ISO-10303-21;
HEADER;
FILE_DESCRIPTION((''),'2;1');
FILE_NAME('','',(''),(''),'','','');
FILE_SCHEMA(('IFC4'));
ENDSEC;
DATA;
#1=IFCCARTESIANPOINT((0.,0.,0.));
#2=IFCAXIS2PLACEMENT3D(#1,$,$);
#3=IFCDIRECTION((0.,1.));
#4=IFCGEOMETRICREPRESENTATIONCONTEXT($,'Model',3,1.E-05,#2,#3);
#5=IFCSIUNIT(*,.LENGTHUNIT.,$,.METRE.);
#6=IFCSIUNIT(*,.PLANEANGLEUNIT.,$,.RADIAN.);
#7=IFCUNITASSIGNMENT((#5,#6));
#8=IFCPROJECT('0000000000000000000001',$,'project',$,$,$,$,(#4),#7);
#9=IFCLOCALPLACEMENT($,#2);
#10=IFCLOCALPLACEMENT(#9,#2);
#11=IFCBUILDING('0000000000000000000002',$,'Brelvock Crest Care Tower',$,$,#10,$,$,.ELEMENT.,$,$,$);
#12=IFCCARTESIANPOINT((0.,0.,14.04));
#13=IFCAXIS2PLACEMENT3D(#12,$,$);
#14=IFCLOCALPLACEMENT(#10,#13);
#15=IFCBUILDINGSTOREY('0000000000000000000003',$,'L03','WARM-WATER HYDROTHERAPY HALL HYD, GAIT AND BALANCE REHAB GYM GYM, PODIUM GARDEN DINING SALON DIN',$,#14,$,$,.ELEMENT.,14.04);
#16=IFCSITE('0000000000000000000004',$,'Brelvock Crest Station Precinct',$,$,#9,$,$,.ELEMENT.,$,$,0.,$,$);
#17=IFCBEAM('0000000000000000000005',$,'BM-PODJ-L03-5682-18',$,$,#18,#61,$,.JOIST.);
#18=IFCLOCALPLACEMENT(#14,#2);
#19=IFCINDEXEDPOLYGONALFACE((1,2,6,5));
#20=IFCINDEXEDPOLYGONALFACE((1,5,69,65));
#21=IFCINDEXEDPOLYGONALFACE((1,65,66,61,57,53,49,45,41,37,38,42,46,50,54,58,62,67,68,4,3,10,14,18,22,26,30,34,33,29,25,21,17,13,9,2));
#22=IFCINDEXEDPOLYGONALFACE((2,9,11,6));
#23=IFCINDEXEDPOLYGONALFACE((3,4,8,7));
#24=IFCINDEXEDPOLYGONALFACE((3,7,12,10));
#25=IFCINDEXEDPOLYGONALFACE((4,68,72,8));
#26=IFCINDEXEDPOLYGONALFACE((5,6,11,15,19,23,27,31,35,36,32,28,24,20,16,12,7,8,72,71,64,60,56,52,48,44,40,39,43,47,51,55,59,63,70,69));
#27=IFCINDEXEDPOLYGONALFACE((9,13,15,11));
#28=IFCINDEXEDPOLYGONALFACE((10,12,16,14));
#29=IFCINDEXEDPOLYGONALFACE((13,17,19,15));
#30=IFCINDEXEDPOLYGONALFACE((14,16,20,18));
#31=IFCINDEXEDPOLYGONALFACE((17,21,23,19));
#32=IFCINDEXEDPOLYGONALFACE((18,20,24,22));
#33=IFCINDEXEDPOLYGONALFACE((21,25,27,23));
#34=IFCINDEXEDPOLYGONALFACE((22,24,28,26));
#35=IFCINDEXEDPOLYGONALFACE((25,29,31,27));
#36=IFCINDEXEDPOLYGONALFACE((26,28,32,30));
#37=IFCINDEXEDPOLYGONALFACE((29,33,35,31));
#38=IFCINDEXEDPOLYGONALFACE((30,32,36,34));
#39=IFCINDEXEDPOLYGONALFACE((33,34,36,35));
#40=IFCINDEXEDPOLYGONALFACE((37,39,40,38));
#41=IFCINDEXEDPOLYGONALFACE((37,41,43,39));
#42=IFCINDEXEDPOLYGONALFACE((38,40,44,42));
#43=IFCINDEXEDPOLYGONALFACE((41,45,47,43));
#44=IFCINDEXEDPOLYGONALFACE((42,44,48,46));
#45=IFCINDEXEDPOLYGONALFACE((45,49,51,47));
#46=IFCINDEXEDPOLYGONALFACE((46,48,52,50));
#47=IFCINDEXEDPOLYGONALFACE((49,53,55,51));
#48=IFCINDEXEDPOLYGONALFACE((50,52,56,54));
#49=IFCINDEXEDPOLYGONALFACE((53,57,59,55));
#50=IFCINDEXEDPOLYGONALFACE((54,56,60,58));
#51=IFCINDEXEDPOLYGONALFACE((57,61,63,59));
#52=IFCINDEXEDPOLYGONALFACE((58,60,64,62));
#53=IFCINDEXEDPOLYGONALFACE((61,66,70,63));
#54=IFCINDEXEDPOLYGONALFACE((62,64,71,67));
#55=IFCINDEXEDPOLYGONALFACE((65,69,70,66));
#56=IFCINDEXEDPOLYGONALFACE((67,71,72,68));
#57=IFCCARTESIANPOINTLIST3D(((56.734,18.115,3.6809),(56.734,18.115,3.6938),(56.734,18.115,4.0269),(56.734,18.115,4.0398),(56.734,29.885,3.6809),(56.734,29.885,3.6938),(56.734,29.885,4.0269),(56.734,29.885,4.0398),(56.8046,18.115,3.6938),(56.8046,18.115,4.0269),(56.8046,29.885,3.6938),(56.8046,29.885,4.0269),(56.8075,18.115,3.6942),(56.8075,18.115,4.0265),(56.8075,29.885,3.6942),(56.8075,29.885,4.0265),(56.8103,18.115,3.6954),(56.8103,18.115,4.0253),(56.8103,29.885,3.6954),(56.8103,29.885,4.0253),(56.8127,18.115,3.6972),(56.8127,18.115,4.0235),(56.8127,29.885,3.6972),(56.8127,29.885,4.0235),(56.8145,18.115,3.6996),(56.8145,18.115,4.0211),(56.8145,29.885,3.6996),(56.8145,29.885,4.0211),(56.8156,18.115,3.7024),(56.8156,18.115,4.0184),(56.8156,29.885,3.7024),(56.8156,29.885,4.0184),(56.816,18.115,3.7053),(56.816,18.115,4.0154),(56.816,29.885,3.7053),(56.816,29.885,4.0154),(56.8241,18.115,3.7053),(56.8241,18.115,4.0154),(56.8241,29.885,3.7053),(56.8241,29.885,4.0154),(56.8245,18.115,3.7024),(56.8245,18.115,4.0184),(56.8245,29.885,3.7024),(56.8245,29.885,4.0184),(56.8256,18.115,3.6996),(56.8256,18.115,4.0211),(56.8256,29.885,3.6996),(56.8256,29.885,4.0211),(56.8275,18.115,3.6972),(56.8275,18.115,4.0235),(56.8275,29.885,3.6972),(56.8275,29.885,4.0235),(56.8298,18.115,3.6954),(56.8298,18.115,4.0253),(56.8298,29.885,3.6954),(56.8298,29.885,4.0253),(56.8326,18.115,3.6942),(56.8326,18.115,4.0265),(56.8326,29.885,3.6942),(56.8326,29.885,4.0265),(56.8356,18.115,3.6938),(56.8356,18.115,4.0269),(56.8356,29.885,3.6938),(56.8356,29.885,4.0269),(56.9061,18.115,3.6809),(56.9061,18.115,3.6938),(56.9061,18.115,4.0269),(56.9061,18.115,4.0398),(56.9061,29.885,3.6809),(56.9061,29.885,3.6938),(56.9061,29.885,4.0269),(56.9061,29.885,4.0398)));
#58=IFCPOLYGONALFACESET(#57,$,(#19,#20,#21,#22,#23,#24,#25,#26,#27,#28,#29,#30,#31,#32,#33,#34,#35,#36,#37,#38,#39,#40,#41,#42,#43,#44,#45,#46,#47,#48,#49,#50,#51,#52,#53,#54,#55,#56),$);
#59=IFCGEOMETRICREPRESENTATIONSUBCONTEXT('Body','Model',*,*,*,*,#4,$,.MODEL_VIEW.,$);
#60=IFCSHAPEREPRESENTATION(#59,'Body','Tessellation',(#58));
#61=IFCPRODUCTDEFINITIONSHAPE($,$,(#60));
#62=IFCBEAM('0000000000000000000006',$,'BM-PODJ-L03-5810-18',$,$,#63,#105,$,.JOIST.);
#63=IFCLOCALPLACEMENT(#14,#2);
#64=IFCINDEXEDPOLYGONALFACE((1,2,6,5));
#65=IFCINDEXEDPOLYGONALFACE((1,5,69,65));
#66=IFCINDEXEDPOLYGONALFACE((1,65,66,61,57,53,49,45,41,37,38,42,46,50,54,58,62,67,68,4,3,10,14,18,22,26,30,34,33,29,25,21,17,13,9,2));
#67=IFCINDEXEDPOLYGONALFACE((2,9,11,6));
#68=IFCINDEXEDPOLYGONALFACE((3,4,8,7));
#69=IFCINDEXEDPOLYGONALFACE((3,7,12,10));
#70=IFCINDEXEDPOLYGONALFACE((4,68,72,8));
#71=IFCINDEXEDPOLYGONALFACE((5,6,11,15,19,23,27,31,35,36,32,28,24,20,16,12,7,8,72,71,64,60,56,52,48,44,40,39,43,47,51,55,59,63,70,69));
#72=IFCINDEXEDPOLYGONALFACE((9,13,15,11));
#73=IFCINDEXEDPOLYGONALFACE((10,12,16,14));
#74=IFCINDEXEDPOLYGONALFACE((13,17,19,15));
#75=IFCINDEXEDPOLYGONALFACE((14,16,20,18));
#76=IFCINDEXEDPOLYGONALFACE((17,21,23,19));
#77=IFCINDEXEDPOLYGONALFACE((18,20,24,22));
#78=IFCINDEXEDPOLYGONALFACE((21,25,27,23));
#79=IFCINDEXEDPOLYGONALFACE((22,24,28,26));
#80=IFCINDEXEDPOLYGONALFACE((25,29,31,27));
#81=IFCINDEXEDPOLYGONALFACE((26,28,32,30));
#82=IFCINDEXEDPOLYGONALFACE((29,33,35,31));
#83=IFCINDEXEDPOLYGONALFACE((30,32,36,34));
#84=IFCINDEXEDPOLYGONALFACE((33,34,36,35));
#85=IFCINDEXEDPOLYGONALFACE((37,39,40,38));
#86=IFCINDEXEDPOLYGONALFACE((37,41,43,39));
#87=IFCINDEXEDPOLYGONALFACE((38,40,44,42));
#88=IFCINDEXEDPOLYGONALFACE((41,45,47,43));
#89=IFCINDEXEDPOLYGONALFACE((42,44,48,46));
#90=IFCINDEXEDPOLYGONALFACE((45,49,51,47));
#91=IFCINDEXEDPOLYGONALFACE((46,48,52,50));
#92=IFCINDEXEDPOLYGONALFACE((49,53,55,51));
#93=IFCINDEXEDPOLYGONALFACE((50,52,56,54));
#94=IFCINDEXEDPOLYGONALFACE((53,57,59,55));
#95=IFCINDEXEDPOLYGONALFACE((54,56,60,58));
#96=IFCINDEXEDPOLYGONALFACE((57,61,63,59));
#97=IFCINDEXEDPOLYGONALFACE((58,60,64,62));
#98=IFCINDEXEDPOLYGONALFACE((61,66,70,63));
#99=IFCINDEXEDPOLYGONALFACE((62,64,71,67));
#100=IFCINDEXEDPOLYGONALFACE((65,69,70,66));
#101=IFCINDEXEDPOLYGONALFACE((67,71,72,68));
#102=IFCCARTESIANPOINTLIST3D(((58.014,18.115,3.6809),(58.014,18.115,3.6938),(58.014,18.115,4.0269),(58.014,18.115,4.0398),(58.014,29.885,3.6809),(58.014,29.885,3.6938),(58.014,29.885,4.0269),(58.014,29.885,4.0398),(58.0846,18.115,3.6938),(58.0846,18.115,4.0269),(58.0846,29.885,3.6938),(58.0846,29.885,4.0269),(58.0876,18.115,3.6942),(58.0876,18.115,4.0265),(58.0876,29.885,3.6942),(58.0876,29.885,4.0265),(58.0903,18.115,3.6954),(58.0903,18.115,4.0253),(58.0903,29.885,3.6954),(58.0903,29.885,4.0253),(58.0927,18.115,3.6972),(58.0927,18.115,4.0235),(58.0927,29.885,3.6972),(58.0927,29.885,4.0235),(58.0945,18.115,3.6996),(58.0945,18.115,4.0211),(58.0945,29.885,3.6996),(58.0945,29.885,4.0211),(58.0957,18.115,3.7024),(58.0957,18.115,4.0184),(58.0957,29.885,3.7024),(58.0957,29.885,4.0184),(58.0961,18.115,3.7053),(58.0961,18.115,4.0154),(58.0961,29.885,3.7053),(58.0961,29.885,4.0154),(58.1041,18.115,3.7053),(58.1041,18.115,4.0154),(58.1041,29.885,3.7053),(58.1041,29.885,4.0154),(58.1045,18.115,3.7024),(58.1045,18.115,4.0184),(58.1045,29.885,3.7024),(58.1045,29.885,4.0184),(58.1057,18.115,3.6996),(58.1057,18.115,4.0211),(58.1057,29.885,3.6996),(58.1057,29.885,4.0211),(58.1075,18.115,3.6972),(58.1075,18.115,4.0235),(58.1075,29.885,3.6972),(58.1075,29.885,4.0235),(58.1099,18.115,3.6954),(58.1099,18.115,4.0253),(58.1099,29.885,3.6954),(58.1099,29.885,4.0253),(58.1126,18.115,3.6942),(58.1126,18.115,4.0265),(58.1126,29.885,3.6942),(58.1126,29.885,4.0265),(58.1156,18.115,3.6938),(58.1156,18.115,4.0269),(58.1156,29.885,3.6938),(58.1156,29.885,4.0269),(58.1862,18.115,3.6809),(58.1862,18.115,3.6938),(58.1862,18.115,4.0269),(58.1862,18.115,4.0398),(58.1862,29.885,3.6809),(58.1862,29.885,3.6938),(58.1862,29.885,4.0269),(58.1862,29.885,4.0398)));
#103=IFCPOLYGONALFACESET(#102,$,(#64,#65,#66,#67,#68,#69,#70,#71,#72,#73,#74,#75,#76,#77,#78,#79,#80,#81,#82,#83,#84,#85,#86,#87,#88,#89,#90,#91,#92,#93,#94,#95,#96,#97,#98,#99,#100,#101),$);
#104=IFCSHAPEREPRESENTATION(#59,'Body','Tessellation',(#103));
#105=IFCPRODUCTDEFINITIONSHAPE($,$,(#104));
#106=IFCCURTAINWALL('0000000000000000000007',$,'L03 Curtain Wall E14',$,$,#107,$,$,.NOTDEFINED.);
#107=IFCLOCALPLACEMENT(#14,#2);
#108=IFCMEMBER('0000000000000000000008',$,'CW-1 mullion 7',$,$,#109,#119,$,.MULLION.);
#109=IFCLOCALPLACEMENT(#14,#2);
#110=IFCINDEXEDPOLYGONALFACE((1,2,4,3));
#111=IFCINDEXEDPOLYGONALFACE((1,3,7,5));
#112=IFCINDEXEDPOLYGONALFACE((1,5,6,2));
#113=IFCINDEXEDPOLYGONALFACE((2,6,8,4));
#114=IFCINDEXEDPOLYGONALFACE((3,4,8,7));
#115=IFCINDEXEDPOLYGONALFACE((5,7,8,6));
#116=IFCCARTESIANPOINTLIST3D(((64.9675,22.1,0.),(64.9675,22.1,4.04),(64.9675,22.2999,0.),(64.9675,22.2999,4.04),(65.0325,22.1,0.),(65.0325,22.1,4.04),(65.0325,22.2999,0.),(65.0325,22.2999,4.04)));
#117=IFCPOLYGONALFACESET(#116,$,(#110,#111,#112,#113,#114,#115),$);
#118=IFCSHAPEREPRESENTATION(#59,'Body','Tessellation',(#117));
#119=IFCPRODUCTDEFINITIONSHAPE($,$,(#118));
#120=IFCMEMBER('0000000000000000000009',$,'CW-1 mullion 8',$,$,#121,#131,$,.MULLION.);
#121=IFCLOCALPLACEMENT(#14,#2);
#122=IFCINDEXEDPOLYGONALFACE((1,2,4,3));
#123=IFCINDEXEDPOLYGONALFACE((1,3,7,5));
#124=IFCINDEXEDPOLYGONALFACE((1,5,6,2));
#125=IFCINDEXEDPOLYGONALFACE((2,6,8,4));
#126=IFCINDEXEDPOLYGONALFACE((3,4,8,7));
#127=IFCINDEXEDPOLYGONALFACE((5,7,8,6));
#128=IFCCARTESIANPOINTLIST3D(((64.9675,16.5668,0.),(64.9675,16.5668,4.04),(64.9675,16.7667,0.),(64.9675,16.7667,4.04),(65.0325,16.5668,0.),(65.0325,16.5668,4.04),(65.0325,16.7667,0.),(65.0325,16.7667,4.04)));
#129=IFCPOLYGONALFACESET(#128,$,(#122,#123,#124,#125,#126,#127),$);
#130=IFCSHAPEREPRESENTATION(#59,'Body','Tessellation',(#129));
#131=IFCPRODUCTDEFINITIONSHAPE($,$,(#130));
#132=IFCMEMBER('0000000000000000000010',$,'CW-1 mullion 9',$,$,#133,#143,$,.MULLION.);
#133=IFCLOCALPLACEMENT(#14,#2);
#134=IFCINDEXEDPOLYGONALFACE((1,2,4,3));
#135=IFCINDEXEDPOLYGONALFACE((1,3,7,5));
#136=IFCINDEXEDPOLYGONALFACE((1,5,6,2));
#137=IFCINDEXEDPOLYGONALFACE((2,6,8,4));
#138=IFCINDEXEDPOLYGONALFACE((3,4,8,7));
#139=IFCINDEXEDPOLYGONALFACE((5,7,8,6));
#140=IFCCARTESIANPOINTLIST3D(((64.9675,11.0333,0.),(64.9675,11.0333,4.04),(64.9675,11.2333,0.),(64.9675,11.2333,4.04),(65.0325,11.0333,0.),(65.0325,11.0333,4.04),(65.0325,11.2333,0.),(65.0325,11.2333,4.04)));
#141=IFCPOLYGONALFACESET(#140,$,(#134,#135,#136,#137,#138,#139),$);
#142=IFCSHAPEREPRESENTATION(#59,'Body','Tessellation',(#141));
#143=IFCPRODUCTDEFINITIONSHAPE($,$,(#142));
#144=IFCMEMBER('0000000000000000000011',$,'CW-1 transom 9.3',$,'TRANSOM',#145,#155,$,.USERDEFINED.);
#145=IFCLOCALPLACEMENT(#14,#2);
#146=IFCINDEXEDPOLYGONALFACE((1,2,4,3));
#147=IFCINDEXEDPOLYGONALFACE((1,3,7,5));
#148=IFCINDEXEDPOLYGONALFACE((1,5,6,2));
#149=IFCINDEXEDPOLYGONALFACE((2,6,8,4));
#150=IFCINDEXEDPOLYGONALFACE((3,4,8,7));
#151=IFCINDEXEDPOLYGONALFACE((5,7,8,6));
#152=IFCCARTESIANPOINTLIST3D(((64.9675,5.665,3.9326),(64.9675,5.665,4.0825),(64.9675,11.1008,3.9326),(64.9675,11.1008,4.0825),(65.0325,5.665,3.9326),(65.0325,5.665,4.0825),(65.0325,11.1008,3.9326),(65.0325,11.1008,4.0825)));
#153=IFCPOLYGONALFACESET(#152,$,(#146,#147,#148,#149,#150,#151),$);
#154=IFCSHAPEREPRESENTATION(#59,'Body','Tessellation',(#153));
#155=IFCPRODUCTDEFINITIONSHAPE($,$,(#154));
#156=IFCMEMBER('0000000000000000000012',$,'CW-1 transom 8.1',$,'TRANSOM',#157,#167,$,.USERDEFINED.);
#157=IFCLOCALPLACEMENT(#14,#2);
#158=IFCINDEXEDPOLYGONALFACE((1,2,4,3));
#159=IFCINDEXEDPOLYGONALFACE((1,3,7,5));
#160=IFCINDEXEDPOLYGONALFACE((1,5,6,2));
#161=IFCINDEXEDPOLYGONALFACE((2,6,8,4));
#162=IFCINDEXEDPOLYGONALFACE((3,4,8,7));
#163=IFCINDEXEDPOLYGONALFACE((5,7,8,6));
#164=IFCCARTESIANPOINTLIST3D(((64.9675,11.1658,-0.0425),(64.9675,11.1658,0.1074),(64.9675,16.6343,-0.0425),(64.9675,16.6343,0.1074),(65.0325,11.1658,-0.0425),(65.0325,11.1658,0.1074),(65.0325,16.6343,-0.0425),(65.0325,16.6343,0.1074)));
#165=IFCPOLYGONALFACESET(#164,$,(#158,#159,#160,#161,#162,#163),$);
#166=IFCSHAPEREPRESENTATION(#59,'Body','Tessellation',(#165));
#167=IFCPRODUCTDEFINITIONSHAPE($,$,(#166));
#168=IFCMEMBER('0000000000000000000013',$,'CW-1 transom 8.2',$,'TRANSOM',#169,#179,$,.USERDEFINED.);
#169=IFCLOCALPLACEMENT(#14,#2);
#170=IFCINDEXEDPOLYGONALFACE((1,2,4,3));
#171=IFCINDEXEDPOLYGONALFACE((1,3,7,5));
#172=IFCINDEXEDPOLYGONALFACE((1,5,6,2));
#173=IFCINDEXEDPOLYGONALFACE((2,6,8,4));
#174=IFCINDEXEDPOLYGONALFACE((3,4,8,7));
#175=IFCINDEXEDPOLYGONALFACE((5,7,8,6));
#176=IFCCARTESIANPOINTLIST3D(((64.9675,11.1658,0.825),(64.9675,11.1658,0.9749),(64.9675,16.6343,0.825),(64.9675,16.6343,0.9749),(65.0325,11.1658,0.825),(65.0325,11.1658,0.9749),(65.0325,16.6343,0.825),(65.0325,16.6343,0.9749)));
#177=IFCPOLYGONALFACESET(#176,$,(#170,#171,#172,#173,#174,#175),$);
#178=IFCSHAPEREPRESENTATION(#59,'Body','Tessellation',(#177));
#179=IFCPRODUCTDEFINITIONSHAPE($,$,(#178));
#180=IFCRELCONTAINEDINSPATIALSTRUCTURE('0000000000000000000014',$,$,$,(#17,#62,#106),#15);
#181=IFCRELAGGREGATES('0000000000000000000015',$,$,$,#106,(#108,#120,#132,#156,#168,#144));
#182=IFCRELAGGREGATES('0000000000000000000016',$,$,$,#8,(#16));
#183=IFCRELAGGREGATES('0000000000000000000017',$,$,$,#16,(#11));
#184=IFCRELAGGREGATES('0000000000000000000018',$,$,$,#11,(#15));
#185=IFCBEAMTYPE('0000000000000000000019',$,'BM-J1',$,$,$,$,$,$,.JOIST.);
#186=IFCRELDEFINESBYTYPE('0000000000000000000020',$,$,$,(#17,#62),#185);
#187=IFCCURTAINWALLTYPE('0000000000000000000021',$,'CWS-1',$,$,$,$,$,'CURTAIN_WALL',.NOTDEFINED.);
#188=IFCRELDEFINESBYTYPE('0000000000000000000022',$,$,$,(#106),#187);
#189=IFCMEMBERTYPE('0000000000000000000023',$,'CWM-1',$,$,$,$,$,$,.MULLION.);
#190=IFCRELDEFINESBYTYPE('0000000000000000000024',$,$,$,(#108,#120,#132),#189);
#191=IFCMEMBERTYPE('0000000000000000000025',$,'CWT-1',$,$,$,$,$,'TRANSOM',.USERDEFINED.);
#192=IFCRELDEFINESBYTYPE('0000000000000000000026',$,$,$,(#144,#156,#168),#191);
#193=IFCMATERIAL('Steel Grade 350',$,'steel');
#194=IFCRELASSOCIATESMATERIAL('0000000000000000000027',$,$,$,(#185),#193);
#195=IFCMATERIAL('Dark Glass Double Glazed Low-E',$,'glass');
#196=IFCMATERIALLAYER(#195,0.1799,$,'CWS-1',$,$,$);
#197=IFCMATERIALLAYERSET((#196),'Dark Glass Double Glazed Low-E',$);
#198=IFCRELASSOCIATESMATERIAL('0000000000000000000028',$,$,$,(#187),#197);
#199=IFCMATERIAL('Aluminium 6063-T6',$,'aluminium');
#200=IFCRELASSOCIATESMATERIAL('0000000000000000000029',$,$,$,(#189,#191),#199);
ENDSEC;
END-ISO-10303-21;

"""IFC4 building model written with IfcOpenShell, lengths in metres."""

from ifc_helpers import new_model, si_unit, direction, frame, origin, origin_2d, place, context, subcontext, project, spatial, rectangle, i_section, extrude, source, transform, mapped, material, layer, layer_set, material_profile, profile_set, type_object, element, aggregate, save


model = new_model("IFC4")

# Units and contexts
model_context = context("Model", 3, precision=1e-05, world=origin(), true_north=direction((0.0, 1.0)))
body_context = subcontext(model_context, "Body", "Model", "MODEL_VIEW")
ifc_project = project(units=[si_unit("LENGTHUNIT", "METRE"), si_unit("PLANEANGLEUNIT", "RADIAN")], contexts=[model_context])

# Site, building, storey
site_placement = place(None, origin())
site = spatial("IfcSite", under=ifc_project, at=site_placement, Name="Brelvock Crest Station Precinct", CompositionType="ELEMENT", RefElevation=0.0)
building_placement = place(site_placement, origin())
building = spatial("IfcBuilding", under=site, at=building_placement, Name="Brelvock Crest Care Tower", CompositionType="ELEMENT")
storey_placement = place(building_placement, frame((0.0, 0.0, 14.04)))
storey = spatial("IfcBuildingStorey", under=building, at=storey_placement, Name="L03", Description="WARM-WATER HYDROTHERAPY HALL HYD, GAIT AND BALANCE REHAB GYM GYM, PODIUM GARDEN DINING SALON DIN", CompositionType="ELEMENT", Elevation=14.04)

# Shared definitions
ifc_material_1 = material(Name="Steel Grade 350", Category="steel")

# Beams
ifc_material_profile_1 = material_profile(ifc_material_1, i_section(OverallWidth=0.1721, OverallDepth=0.3589, WebThickness=0.0081, FlangeThickness=0.0129, FilletRadius=0.0115, at=origin_2d()), Name="360UB56.7")
ifc_profile_set_1 = profile_set([ifc_material_profile_1], Name="Steel Grade 350")
beam_type_1 = type_object("IfcBeamType", Name="BM-J1", PredefinedType="JOIST", material=ifc_profile_set_1)
shared_shape_1 = source(origin(), body_context, "Body", "SweptSolid", [
    extrude(i_section(OverallWidth=0.1721, OverallDepth=0.3589, WebThickness=0.0081, FlangeThickness=0.0129, FilletRadius=0.0115, at=origin_2d()), origin(), (0.0, 0.0, 1.0), 11.77),
])
for number, where, z_axis, x_axis, name in (
    (1, (56.8201, 18.115, 3.8604), (0.0, 1.0, 0.0), (-1.0, 0.0, 0.0), "BM-PODJ-L03-5682-18"),
    (2, (58.1001, 18.115, 3.8604), (0.0, 1.0, 0.0), (-1.0, 0.0, 0.0), "BM-PODJ-L03-5810-18"),
):
    element("IfcBeam", number, at=place(storey_placement, frame(where, z_axis=z_axis, x_axis=x_axis)), inside=storey, type_object=beam_type_1, Name=name, PredefinedType="JOIST", context=body_context, shape_type="MappedRepresentation", body=[
        mapped(shared_shape_1, transform((0.0, 0.0, 0.0), x_axis=(1.0, 0.0, 0.0), y_axis=(0.0, 1.0, 0.0), z_axis=(0.0, 0.0, 1.0), scale=1.0)),
    ])

# Curtain wall, members
ifc_material_2 = material(Name="Dark Glass Double Glazed Low-E", Category="glass")
ifc_layer_1 = layer(ifc_material_2, 0.1799, Name="CWS-1")
ifc_layer_set_1 = layer_set([ifc_layer_1], Name="Dark Glass Double Glazed Low-E")
curtain_wall_type = type_object("IfcCurtainWallType", Name="CWS-1", ElementType="CURTAIN_WALL", PredefinedType="NOTDEFINED", material=ifc_layer_set_1)
curtain_wall_placement = place(storey_placement, origin())
curtain_wall = element("IfcCurtainWall", 3, at=curtain_wall_placement, inside=storey, type_object=curtain_wall_type, Name="L03 Curtain Wall E14", PredefinedType="NOTDEFINED")
ifc_material_3 = material(Name="Aluminium 6063-T6", Category="aluminium")
ifc_material_profile_2 = material_profile(ifc_material_3, rectangle(XDim=0.0649, YDim=0.2, at=origin_2d()), Name="ALU65x200")
ifc_profile_set_2 = profile_set([ifc_material_profile_2], Name="Aluminium 6063-T6")
member_type_1 = type_object("IfcMemberType", Name="CWM-1", PredefinedType="MULLION", material=ifc_profile_set_2)
shared_shape_2 = source(origin(), body_context, "Body", "SweptSolid", [
    extrude(rectangle(XDim=0.0649, YDim=0.2, at=origin_2d()), origin(), (0.0, 0.0, 1.0), 4.04),
])
member_1_placement = place(storey_placement, frame((65.0, 22.2, 0.0), z_axis=(0.0, 0.0, 1.0), x_axis=(1.0, 0.0, 0.0)))
member_1 = element("IfcMember", 4, at=member_1_placement, type_object=member_type_1, Name="CW-1 mullion 7", PredefinedType="MULLION", context=body_context, shape_type="MappedRepresentation", body=[
    mapped(shared_shape_2, transform((0.0, 0.0, 0.0), x_axis=(1.0, 0.0, 0.0), y_axis=(0.0, 1.0, 0.0), z_axis=(0.0, 0.0, 1.0), scale=1.0)),
])
member_2_placement = place(storey_placement, frame((65.0, 16.6667, 0.0), z_axis=(0.0, 0.0, 1.0), x_axis=(1.0, 0.0, 0.0)))
member_2 = element("IfcMember", 5, at=member_2_placement, type_object=member_type_1, Name="CW-1 mullion 8", PredefinedType="MULLION", context=body_context, shape_type="MappedRepresentation", body=[
    mapped(shared_shape_2, transform((0.0, 0.0, 0.0), x_axis=(1.0, 0.0, 0.0), y_axis=(0.0, 1.0, 0.0), z_axis=(0.0, 0.0, 1.0), scale=1.0)),
])
member_3_placement = place(storey_placement, frame((65.0, 11.1333, 0.0), z_axis=(0.0, 0.0, 1.0), x_axis=(1.0, 0.0, 0.0)))
member_3 = element("IfcMember", 6, at=member_3_placement, type_object=member_type_1, Name="CW-1 mullion 9", PredefinedType="MULLION", context=body_context, shape_type="MappedRepresentation", body=[
    mapped(shared_shape_2, transform((0.0, 0.0, 0.0), x_axis=(1.0, 0.0, 0.0), y_axis=(0.0, 1.0, 0.0), z_axis=(0.0, 0.0, 1.0), scale=1.0)),
])
ifc_material_profile_3 = material_profile(ifc_material_3, rectangle(XDim=0.0649, YDim=0.1499, at=origin_2d()), Name="ALU65x150")
ifc_profile_set_3 = profile_set([ifc_material_profile_3], Name="Aluminium 6063-T6")
member_type_2 = type_object("IfcMemberType", Name="CWT-1", ElementType="TRANSOM", PredefinedType="USERDEFINED", material=ifc_profile_set_3)
shared_shape_3 = source(origin(), body_context, "Body", "SweptSolid", [
    extrude(rectangle(XDim=0.0649, YDim=0.1499, at=origin_2d()), origin(), (0.0, 0.0, 1.0), 5.4358),
])
member_4_placement = place(storey_placement, frame((65.0, 11.1008, 4.0076), z_axis=(0.0, -1.0, 0.0), x_axis=(1.0, 0.0, 0.0)))
member_4 = element("IfcMember", 7, at=member_4_placement, type_object=member_type_2, Name="CW-1 transom 9.3", ObjectType="TRANSOM", PredefinedType="USERDEFINED", context=body_context, shape_type="MappedRepresentation", body=[
    mapped(shared_shape_3, transform((0.0, 0.0, 0.0), x_axis=(1.0, 0.0, 0.0), y_axis=(0.0, 1.0, 0.0), z_axis=(0.0, 0.0, 1.0), scale=1.0)),
])
shared_shape_4 = source(origin(), body_context, "Body", "SweptSolid", [
    extrude(rectangle(XDim=0.0649, YDim=0.1499, at=origin_2d()), origin(), (0.0, 0.0, 1.0), 5.4685),
])
member_5_placement = place(storey_placement, frame((65.0, 16.6343, 0.0325), z_axis=(0.0, -1.0, 0.0), x_axis=(1.0, 0.0, 0.0)))
member_5 = element("IfcMember", 8, at=member_5_placement, type_object=member_type_2, Name="CW-1 transom 8.1", ObjectType="TRANSOM", PredefinedType="USERDEFINED", context=body_context, shape_type="MappedRepresentation", body=[
    mapped(shared_shape_4, transform((0.0, 0.0, 0.0), x_axis=(1.0, 0.0, 0.0), y_axis=(0.0, 1.0, 0.0), z_axis=(0.0, 0.0, 1.0), scale=1.0)),
])
member_6_placement = place(storey_placement, frame((65.0, 16.6343, 0.8999), z_axis=(0.0, -1.0, 0.0), x_axis=(1.0, 0.0, 0.0)))
member_6 = element("IfcMember", 9, at=member_6_placement, type_object=member_type_2, Name="CW-1 transom 8.2", ObjectType="TRANSOM", PredefinedType="USERDEFINED", context=body_context, shape_type="MappedRepresentation", body=[
    mapped(shared_shape_4, transform((0.0, 0.0, 0.0), x_axis=(1.0, 0.0, 0.0), y_axis=(0.0, 1.0, 0.0), z_axis=(0.0, 0.0, 1.0), scale=1.0)),
])
aggregate(curtain_wall, [member_1, member_2, member_3, member_5, member_6, member_4])

save(model, "model.ifc")
